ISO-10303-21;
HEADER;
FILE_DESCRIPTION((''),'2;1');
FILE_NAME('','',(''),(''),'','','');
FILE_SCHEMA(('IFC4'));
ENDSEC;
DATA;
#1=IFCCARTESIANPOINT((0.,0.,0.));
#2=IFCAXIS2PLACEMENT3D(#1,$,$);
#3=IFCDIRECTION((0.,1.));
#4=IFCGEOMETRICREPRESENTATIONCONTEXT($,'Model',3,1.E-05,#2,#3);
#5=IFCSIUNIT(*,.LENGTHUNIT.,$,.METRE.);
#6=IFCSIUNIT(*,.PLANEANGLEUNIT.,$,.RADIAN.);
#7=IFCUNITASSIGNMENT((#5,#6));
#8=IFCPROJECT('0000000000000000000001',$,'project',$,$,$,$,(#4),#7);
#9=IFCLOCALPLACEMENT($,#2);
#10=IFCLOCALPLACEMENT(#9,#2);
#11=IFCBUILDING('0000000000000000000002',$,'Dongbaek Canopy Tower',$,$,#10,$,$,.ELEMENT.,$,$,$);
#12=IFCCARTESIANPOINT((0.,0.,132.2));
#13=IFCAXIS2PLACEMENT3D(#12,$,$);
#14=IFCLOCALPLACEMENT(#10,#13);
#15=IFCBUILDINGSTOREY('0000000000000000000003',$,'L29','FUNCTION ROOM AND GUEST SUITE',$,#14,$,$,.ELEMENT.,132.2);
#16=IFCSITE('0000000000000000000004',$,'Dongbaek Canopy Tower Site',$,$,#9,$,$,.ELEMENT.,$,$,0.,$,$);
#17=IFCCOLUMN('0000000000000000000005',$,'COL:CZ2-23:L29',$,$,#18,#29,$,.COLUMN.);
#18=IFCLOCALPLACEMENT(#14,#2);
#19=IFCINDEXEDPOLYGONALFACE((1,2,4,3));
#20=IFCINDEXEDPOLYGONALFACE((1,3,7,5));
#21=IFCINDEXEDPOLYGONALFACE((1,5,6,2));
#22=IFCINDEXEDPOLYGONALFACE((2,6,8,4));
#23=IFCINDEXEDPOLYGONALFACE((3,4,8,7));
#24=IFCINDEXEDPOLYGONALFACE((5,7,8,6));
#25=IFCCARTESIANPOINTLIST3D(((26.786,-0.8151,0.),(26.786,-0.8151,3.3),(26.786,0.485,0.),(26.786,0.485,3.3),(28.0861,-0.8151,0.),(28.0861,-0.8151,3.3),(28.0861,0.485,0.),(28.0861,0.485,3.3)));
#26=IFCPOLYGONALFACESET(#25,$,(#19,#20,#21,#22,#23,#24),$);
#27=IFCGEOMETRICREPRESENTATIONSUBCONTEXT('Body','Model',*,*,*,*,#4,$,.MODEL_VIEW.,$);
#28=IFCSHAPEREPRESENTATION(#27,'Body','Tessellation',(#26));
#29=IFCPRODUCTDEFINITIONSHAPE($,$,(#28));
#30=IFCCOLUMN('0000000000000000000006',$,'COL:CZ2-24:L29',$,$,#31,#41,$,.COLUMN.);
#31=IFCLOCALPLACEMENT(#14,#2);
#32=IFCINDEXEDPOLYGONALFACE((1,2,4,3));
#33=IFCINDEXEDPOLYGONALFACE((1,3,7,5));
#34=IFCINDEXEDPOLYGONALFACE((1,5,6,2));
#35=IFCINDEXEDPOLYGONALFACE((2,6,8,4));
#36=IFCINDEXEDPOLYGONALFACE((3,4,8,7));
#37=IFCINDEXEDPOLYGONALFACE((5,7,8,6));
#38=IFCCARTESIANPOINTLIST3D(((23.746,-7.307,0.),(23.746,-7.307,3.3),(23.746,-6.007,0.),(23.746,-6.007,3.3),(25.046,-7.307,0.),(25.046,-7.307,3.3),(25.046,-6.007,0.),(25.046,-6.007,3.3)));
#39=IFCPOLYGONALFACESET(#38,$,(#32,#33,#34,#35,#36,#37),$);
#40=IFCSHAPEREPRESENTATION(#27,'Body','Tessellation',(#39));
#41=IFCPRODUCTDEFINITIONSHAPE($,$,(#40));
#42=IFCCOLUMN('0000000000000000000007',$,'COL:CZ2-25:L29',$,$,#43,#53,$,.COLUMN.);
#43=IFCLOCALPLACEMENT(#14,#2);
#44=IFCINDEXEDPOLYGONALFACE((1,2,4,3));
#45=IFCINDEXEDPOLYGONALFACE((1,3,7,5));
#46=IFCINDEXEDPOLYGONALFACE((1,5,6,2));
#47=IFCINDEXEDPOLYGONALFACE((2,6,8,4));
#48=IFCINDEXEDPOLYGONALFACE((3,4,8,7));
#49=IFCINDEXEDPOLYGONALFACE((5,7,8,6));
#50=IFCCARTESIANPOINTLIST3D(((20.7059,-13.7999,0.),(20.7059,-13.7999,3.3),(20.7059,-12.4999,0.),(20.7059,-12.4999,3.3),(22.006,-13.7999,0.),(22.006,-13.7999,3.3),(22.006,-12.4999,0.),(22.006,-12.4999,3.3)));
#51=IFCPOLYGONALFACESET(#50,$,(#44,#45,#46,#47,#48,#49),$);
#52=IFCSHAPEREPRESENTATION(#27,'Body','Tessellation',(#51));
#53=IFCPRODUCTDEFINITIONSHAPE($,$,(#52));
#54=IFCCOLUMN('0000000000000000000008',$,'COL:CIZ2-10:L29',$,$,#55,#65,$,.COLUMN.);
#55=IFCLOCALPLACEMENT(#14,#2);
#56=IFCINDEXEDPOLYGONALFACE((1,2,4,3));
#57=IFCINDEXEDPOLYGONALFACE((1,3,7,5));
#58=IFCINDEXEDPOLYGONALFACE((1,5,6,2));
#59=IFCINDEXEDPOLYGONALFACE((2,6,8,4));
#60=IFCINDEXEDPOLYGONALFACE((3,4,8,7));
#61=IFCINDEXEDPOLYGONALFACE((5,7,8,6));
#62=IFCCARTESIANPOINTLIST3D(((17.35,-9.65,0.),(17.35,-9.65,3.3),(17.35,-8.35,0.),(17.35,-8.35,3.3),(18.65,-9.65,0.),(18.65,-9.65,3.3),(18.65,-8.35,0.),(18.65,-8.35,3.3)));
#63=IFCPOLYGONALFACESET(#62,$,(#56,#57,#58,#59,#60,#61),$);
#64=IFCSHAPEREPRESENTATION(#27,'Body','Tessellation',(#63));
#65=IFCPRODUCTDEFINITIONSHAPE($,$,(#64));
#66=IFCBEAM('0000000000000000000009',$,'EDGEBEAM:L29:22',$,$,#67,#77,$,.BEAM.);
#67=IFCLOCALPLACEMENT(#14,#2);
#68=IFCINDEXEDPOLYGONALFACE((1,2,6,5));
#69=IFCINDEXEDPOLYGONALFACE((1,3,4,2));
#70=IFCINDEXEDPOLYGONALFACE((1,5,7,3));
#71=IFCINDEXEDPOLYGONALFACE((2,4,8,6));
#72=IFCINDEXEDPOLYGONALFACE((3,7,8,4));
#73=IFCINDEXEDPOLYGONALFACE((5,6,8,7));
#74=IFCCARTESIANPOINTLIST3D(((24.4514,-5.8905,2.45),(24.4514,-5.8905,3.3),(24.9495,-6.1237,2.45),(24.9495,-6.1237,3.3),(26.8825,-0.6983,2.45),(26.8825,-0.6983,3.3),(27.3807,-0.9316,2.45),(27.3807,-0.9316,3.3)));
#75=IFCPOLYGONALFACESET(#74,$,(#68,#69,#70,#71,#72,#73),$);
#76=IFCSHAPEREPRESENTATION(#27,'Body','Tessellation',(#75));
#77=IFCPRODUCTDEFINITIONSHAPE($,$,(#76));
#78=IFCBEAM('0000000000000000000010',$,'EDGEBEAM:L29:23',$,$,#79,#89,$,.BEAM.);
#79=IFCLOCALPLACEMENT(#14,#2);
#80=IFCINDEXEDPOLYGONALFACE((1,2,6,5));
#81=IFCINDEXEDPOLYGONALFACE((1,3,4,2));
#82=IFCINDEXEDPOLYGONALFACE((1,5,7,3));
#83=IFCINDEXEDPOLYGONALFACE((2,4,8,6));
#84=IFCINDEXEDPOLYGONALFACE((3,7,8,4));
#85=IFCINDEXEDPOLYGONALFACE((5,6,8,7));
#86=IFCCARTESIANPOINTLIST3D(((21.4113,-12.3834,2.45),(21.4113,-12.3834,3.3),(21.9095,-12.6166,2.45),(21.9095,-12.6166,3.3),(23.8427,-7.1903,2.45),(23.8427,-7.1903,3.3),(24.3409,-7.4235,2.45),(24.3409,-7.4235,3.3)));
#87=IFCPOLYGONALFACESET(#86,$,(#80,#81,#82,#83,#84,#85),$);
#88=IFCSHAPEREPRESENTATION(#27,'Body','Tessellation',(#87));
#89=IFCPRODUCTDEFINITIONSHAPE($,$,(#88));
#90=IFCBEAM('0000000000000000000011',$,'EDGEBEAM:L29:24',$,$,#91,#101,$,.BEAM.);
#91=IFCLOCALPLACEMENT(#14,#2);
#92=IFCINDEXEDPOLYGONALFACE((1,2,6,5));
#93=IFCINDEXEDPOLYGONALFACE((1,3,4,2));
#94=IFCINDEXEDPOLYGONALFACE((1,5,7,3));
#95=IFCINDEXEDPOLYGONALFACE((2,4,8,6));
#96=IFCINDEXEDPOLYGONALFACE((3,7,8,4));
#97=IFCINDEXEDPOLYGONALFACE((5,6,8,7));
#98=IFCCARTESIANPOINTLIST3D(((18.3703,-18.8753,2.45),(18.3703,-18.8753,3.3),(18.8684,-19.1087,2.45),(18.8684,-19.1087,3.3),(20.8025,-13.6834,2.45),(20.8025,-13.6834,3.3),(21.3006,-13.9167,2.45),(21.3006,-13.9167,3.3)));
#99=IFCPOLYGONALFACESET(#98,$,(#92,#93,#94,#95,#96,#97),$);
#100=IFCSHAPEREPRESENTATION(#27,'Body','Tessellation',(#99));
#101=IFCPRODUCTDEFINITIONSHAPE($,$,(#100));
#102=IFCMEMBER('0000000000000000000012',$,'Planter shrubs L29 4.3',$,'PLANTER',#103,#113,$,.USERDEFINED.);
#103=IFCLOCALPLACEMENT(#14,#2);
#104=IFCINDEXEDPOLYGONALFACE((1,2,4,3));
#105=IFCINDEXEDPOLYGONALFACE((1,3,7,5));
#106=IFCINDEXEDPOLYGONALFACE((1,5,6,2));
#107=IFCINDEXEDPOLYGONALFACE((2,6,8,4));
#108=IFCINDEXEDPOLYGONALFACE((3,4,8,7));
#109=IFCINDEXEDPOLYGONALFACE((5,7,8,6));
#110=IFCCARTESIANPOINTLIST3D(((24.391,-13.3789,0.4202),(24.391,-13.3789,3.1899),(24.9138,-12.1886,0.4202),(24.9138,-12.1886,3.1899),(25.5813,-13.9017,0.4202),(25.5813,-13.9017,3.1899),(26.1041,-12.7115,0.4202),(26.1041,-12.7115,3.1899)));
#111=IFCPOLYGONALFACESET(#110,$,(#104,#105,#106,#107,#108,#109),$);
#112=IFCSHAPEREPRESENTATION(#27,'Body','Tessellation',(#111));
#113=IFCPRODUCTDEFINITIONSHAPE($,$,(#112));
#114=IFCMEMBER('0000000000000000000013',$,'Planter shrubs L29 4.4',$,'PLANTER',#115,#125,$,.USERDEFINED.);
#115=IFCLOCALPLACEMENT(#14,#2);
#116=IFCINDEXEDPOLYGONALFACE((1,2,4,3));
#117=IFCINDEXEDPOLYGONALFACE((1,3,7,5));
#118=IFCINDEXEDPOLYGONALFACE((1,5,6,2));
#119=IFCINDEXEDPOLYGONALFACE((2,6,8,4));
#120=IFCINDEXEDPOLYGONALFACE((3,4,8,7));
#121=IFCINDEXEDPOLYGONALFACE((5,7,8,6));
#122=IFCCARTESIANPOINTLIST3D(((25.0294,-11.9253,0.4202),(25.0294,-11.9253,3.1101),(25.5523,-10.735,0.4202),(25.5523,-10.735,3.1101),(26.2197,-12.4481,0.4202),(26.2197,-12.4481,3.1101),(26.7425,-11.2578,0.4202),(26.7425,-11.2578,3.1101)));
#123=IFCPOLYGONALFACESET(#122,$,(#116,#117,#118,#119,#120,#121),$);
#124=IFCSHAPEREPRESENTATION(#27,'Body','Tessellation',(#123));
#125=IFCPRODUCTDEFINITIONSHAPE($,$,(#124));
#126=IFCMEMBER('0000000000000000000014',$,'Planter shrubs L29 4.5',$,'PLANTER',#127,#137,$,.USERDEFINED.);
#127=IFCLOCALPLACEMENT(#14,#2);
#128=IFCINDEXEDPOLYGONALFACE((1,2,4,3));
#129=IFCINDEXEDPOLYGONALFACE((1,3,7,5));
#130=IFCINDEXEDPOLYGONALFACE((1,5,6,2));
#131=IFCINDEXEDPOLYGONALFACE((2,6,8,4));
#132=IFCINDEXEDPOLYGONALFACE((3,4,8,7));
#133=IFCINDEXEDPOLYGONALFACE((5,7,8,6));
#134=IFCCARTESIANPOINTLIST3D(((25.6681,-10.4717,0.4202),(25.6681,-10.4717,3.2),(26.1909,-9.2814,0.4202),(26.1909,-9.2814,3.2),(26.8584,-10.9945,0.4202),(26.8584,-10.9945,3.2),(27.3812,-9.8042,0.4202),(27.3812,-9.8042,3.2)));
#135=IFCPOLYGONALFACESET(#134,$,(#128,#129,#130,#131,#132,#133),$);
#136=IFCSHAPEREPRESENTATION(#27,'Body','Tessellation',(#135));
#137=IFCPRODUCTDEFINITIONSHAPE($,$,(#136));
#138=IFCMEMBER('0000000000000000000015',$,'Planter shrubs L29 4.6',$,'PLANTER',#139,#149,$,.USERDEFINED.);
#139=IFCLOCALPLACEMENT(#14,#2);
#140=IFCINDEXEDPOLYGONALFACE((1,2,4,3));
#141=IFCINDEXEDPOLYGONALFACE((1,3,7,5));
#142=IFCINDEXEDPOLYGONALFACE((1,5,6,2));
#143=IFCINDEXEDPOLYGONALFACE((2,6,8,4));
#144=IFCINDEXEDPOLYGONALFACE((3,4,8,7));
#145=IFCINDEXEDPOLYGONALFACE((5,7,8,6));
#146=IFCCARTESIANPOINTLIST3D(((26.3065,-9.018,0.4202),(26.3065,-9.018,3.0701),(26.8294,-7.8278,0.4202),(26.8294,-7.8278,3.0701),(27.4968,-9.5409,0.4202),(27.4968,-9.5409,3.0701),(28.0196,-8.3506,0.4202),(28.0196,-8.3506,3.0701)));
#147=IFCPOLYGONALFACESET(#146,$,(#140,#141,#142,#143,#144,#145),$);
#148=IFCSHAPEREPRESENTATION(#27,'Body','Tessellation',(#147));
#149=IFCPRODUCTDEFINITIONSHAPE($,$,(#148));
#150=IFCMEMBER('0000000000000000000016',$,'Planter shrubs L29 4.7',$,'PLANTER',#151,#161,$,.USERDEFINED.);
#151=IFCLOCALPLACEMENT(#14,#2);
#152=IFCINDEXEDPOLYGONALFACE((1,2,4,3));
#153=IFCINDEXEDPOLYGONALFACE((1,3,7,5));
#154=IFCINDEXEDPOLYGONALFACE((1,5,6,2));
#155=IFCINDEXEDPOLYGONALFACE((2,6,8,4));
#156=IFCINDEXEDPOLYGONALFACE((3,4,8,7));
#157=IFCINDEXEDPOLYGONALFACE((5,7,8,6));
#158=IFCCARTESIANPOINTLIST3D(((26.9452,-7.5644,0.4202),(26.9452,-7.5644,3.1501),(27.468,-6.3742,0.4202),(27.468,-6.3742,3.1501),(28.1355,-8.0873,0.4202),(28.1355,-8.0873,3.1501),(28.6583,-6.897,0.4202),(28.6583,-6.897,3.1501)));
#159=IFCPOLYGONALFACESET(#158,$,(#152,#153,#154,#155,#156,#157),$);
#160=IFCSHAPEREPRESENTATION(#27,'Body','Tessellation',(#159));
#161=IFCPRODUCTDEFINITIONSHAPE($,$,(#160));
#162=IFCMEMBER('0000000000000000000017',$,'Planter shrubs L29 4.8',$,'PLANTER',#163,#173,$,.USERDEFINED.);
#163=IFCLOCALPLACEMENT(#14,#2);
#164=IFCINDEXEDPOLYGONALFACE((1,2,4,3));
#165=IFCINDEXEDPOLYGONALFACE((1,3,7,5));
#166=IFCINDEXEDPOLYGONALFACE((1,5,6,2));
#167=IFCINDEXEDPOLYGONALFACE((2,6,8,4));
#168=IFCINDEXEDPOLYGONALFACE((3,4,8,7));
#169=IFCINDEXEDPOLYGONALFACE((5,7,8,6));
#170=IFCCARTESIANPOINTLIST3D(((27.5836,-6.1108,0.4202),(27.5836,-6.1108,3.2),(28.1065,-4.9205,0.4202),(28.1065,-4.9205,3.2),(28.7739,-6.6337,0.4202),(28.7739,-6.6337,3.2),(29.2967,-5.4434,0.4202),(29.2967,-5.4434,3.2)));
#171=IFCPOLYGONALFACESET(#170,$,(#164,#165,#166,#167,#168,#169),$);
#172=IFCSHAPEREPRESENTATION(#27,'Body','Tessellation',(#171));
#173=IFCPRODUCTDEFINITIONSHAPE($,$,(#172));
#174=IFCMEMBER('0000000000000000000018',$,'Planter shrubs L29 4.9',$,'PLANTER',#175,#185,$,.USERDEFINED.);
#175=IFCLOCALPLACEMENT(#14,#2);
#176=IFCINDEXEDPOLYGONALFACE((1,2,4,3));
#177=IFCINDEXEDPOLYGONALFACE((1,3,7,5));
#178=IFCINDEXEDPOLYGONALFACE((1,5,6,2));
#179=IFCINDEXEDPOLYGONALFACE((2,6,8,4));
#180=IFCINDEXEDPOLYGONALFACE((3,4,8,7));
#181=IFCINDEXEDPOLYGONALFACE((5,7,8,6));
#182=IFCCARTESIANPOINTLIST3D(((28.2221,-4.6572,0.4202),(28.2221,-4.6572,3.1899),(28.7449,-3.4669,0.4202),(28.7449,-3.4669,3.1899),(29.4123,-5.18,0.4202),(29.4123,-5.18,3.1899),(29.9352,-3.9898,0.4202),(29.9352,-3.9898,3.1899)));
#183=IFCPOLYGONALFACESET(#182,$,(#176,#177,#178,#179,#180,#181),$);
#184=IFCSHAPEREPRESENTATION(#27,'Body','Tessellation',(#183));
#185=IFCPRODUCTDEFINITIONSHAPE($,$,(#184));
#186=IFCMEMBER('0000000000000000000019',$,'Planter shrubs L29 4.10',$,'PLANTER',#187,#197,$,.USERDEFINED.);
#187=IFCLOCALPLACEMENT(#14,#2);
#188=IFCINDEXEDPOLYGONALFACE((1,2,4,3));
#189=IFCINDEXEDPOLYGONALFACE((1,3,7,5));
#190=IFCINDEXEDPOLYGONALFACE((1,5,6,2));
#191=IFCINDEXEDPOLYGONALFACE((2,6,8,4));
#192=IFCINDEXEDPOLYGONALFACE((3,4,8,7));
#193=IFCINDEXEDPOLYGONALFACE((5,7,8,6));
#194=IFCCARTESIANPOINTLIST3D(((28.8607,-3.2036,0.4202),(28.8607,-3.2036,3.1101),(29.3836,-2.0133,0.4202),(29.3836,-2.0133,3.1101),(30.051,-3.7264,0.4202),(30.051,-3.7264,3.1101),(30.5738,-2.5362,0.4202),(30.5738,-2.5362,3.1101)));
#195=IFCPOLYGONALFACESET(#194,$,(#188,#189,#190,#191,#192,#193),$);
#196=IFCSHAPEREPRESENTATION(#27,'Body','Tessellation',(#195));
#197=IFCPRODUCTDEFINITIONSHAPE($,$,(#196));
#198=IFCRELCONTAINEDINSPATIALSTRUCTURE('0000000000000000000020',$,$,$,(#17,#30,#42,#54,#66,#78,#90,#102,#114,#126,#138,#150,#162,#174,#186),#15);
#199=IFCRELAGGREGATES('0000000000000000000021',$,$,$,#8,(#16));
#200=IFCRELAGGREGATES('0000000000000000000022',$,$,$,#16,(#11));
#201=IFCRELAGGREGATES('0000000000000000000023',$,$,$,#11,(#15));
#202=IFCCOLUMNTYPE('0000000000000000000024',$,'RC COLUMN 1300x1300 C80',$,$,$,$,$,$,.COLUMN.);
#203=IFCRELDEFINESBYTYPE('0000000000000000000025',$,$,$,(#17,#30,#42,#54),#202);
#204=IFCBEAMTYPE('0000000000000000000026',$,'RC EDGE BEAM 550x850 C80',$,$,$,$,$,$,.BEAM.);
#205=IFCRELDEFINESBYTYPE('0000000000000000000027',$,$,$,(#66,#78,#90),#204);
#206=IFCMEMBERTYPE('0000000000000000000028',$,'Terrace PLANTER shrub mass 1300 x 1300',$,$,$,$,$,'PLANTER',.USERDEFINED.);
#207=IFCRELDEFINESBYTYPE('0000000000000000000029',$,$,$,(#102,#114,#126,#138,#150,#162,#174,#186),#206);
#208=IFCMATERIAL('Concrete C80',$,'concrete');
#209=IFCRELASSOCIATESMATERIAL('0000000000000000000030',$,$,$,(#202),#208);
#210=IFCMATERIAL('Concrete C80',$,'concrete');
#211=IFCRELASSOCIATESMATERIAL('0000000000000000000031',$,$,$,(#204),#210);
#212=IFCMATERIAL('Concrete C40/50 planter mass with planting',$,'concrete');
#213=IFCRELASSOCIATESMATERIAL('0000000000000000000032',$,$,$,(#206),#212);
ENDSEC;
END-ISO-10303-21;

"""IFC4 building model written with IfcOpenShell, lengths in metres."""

from ifc_helpers import new_model, si_unit, direction, frame, origin, origin_2d, place, context, subcontext, project, spatial, rectangle, extrude, material, material_profile, profile_set, type_object, element, save


model = new_model("IFC4")

# Units and contexts
model_context = context("Model", 3, precision=1e-05, world=origin(), true_north=direction((0.0, 1.0)))
body_context = subcontext(model_context, "Body", "Model", "MODEL_VIEW")
ifc_project = project(units=[si_unit("LENGTHUNIT", "METRE"), si_unit("PLANEANGLEUNIT", "RADIAN")], contexts=[model_context])

# Site, building, storey
site_placement = place(None, origin())
site = spatial("IfcSite", under=ifc_project, at=site_placement, Name="Dongbaek Canopy Tower Site", CompositionType="ELEMENT", RefElevation=0.0)
building_placement = place(site_placement, origin())
building = spatial("IfcBuilding", under=site, at=building_placement, Name="Dongbaek Canopy Tower", CompositionType="ELEMENT")
storey_placement = place(building_placement, frame((0.0, 0.0, 132.2)))
storey = spatial("IfcBuildingStorey", under=building, at=storey_placement, Name="L29", Description="FUNCTION ROOM AND GUEST SUITE", CompositionType="ELEMENT", Elevation=132.2)

# Columns
ifc_material_1 = material(Name="Concrete C80", Category="concrete")
ifc_material_profile_1 = material_profile(ifc_material_1, rectangle(XDim=1.3, YDim=1.3, at=origin_2d()), Name="RC COLUMN 1300x1300 C80")
ifc_profile_set_1 = profile_set([ifc_material_profile_1], Name="Concrete C80")
column_type = type_object("IfcColumnType", Name="RC COLUMN 1300x1300 C80", PredefinedType="COLUMN", material=ifc_profile_set_1)
for number, where, z_axis, x_axis, name in (
    (1, (27.436, -0.165, 0.0), (0.0, 0.0, 1.0), (1.0, 0.0, 0.0), "COL:CZ2-23:L29"),
    (2, (24.396, -6.657, 0.0), (0.0, 0.0, 1.0), (1.0, 0.0, 0.0), "COL:CZ2-24:L29"),
    (3, (21.356, -13.1499, 0.0), (0.0, 0.0, 1.0), (1.0, 0.0, 0.0), "COL:CZ2-25:L29"),
    (4, (18.0, -9.0, 0.0), (0.0, 0.0, 1.0), (1.0, 0.0, 0.0), "COL:CIZ2-10:L29"),
):
    element("IfcColumn", number, at=place(storey_placement, frame(where, z_axis=z_axis, x_axis=x_axis)), inside=storey, type_object=column_type, Name=name, PredefinedType="COLUMN", context=body_context, shape_type="SweptSolid", body=[
        extrude(rectangle(XDim=1.3, YDim=1.3, at=origin_2d()), origin(), (0.0, 0.0, 1.0), 3.3),
    ])

# Beams
ifc_material_2 = material(Name="Concrete C80", Category="concrete")
ifc_material_profile_2 = material_profile(ifc_material_2, rectangle(XDim=0.55, YDim=0.8501, at=origin_2d()), Name="RC EDGE BEAM 550x850 C80")
ifc_profile_set_2 = profile_set([ifc_material_profile_2], Name="Concrete C80")
beam_type = type_object("IfcBeamType", Name="RC EDGE BEAM 550x850 C80", PredefinedType="BEAM", material=ifc_profile_set_2)
beam_1_placement = place(storey_placement, frame((27.1316, -0.8149, 2.875), z_axis=(-0.424053, -0.905637, 0.0), x_axis=(0.905637, -0.424053, 0.0)))
element("IfcBeam", 5, at=beam_1_placement, inside=storey, type_object=beam_type, Name="EDGEBEAM:L29:22", PredefinedType="BEAM", context=body_context, shape_type="SweptSolid", body=[
    extrude(rectangle(XDim=0.55, YDim=0.8501, at=origin_2d()), origin(), (0.0, 0.0, 1.0), 5.7332),
])
beam_2_placement = place(storey_placement, frame((24.0918, -7.3069, 2.875), z_axis=(-0.424023, -0.905652, 0.0), x_axis=(0.905652, -0.424023, 0.0)))
element("IfcBeam", 6, at=beam_2_placement, inside=storey, type_object=beam_type, Name="EDGEBEAM:L29:23", PredefinedType="BEAM", context=body_context, shape_type="SweptSolid", body=[
    extrude(rectangle(XDim=0.55, YDim=0.8501, at=origin_2d()), origin(), (0.0, 0.0, 1.0), 5.7341),
])
beam_3_placement = place(storey_placement, frame((21.0515, -13.8, 2.875), z_axis=(-0.424209, -0.905564, 0.0), x_axis=(0.905564, -0.424209, 0.0)))
element("IfcBeam", 7, at=beam_3_placement, inside=storey, type_object=beam_type, Name="EDGEBEAM:L29:24", PredefinedType="BEAM", context=body_context, shape_type="SweptSolid", body=[
    extrude(rectangle(XDim=0.55, YDim=0.8501, at=origin_2d()), origin(), (0.0, 0.0, 1.0), 5.7334),
])

# Members
ifc_material_3 = material(Name="Concrete C40/50 planter mass with planting", Category="concrete")
ifc_material_profile_3 = material_profile(ifc_material_3, rectangle(XDim=1.3, YDim=1.3, at=origin_2d()), Name="Terrace PLANTER shrub mass 1300 x 1300")
ifc_profile_set_3 = profile_set([ifc_material_profile_3], Name="Concrete C40/50 planter mass with planting")
member_type = type_object("IfcMemberType", Name="Terrace PLANTER shrub mass 1300 x 1300", ElementType="PLANTER", PredefinedType="USERDEFINED", material=ifc_profile_set_3)
member_1_placement = place(storey_placement, frame((25.2476, -13.0452, 0.4202), z_axis=(0.0, 0.0, 1.0), x_axis=(0.915562, -0.402176, 0.0)))
element("IfcMember", 8, at=member_1_placement, inside=storey, type_object=member_type, Name="Planter shrubs L29 4.3", ObjectType="PLANTER", PredefinedType="USERDEFINED", context=body_context, shape_type="SweptSolid", body=[
    extrude(rectangle(XDim=1.3, YDim=1.3, at=origin_2d()), origin(), (0.0, 0.0, 1.0), 2.7698),
])
member_2_placement = place(storey_placement, frame((25.886, -11.5916, 0.4202), z_axis=(0.0, 0.0, 1.0), x_axis=(0.915562, -0.402176, 0.0)))
element("IfcMember", 9, at=member_2_placement, inside=storey, type_object=member_type, Name="Planter shrubs L29 4.4", ObjectType="PLANTER", PredefinedType="USERDEFINED", context=body_context, shape_type="SweptSolid", body=[
    extrude(rectangle(XDim=1.3, YDim=1.3, at=origin_2d()), origin(), (0.0, 0.0, 1.0), 2.6899),
])
member_3_placement = place(storey_placement, frame((26.5247, -10.1379, 0.4202), z_axis=(0.0, 0.0, 1.0), x_axis=(0.915562, -0.402176, 0.0)))
element("IfcMember", 10, at=member_3_placement, inside=storey, type_object=member_type, Name="Planter shrubs L29 4.5", ObjectType="PLANTER", PredefinedType="USERDEFINED", context=body_context, shape_type="SweptSolid", body=[
    extrude(rectangle(XDim=1.3, YDim=1.3, at=origin_2d()), origin(), (0.0, 0.0, 1.0), 2.7798),
])
member_4_placement = place(storey_placement, frame((27.1631, -8.6843, 0.4202), z_axis=(0.0, 0.0, 1.0), x_axis=(0.915562, -0.402176, 0.0)))
element("IfcMember", 11, at=member_4_placement, inside=storey, type_object=member_type, Name="Planter shrubs L29 4.6", ObjectType="PLANTER", PredefinedType="USERDEFINED", context=body_context, shape_type="SweptSolid", body=[
    extrude(rectangle(XDim=1.3, YDim=1.3, at=origin_2d()), origin(), (0.0, 0.0, 1.0), 2.6499),
])
member_5_placement = place(storey_placement, frame((27.8018, -7.2307, 0.4202), z_axis=(0.0, 0.0, 1.0), x_axis=(0.915562, -0.402176, 0.0)))
element("IfcMember", 12, at=member_5_placement, inside=storey, type_object=member_type, Name="Planter shrubs L29 4.7", ObjectType="PLANTER", PredefinedType="USERDEFINED", context=body_context, shape_type="SweptSolid", body=[
    extrude(rectangle(XDim=1.3, YDim=1.3, at=origin_2d()), origin(), (0.0, 0.0, 1.0), 2.73),
])
member_6_placement = place(storey_placement, frame((28.4402, -5.7771, 0.4202), z_axis=(0.0, 0.0, 1.0), x_axis=(0.915562, -0.402176, 0.0)))
element("IfcMember", 13, at=member_6_placement, inside=storey, type_object=member_type, Name="Planter shrubs L29 4.8", ObjectType="PLANTER", PredefinedType="USERDEFINED", context=body_context, shape_type="SweptSolid", body=[
    extrude(rectangle(XDim=1.3, YDim=1.3, at=origin_2d()), origin(), (0.0, 0.0, 1.0), 2.7798),
])
member_7_placement = place(storey_placement, frame((29.0786, -4.3235, 0.4202), z_axis=(0.0, 0.0, 1.0), x_axis=(0.915562, -0.402176, 0.0)))
element("IfcMember", 14, at=member_7_placement, inside=storey, type_object=member_type, Name="Planter shrubs L29 4.9", ObjectType="PLANTER", PredefinedType="USERDEFINED", context=body_context, shape_type="SweptSolid", body=[
    extrude(rectangle(XDim=1.3, YDim=1.3, at=origin_2d()), origin(), (0.0, 0.0, 1.0), 2.7698),
])
member_8_placement = place(storey_placement, frame((29.7173, -2.8699, 0.4202), z_axis=(0.0, 0.0, 1.0), x_axis=(0.915562, -0.402176, 0.0)))
element("IfcMember", 15, at=member_8_placement, inside=storey, type_object=member_type, Name="Planter shrubs L29 4.10", ObjectType="PLANTER", PredefinedType="USERDEFINED", context=body_context, shape_type="SweptSolid", body=[
    extrude(rectangle(XDim=1.3, YDim=1.3, at=origin_2d()), origin(), (0.0, 0.0, 1.0), 2.6899),
])

save(model, "model.ifc")
